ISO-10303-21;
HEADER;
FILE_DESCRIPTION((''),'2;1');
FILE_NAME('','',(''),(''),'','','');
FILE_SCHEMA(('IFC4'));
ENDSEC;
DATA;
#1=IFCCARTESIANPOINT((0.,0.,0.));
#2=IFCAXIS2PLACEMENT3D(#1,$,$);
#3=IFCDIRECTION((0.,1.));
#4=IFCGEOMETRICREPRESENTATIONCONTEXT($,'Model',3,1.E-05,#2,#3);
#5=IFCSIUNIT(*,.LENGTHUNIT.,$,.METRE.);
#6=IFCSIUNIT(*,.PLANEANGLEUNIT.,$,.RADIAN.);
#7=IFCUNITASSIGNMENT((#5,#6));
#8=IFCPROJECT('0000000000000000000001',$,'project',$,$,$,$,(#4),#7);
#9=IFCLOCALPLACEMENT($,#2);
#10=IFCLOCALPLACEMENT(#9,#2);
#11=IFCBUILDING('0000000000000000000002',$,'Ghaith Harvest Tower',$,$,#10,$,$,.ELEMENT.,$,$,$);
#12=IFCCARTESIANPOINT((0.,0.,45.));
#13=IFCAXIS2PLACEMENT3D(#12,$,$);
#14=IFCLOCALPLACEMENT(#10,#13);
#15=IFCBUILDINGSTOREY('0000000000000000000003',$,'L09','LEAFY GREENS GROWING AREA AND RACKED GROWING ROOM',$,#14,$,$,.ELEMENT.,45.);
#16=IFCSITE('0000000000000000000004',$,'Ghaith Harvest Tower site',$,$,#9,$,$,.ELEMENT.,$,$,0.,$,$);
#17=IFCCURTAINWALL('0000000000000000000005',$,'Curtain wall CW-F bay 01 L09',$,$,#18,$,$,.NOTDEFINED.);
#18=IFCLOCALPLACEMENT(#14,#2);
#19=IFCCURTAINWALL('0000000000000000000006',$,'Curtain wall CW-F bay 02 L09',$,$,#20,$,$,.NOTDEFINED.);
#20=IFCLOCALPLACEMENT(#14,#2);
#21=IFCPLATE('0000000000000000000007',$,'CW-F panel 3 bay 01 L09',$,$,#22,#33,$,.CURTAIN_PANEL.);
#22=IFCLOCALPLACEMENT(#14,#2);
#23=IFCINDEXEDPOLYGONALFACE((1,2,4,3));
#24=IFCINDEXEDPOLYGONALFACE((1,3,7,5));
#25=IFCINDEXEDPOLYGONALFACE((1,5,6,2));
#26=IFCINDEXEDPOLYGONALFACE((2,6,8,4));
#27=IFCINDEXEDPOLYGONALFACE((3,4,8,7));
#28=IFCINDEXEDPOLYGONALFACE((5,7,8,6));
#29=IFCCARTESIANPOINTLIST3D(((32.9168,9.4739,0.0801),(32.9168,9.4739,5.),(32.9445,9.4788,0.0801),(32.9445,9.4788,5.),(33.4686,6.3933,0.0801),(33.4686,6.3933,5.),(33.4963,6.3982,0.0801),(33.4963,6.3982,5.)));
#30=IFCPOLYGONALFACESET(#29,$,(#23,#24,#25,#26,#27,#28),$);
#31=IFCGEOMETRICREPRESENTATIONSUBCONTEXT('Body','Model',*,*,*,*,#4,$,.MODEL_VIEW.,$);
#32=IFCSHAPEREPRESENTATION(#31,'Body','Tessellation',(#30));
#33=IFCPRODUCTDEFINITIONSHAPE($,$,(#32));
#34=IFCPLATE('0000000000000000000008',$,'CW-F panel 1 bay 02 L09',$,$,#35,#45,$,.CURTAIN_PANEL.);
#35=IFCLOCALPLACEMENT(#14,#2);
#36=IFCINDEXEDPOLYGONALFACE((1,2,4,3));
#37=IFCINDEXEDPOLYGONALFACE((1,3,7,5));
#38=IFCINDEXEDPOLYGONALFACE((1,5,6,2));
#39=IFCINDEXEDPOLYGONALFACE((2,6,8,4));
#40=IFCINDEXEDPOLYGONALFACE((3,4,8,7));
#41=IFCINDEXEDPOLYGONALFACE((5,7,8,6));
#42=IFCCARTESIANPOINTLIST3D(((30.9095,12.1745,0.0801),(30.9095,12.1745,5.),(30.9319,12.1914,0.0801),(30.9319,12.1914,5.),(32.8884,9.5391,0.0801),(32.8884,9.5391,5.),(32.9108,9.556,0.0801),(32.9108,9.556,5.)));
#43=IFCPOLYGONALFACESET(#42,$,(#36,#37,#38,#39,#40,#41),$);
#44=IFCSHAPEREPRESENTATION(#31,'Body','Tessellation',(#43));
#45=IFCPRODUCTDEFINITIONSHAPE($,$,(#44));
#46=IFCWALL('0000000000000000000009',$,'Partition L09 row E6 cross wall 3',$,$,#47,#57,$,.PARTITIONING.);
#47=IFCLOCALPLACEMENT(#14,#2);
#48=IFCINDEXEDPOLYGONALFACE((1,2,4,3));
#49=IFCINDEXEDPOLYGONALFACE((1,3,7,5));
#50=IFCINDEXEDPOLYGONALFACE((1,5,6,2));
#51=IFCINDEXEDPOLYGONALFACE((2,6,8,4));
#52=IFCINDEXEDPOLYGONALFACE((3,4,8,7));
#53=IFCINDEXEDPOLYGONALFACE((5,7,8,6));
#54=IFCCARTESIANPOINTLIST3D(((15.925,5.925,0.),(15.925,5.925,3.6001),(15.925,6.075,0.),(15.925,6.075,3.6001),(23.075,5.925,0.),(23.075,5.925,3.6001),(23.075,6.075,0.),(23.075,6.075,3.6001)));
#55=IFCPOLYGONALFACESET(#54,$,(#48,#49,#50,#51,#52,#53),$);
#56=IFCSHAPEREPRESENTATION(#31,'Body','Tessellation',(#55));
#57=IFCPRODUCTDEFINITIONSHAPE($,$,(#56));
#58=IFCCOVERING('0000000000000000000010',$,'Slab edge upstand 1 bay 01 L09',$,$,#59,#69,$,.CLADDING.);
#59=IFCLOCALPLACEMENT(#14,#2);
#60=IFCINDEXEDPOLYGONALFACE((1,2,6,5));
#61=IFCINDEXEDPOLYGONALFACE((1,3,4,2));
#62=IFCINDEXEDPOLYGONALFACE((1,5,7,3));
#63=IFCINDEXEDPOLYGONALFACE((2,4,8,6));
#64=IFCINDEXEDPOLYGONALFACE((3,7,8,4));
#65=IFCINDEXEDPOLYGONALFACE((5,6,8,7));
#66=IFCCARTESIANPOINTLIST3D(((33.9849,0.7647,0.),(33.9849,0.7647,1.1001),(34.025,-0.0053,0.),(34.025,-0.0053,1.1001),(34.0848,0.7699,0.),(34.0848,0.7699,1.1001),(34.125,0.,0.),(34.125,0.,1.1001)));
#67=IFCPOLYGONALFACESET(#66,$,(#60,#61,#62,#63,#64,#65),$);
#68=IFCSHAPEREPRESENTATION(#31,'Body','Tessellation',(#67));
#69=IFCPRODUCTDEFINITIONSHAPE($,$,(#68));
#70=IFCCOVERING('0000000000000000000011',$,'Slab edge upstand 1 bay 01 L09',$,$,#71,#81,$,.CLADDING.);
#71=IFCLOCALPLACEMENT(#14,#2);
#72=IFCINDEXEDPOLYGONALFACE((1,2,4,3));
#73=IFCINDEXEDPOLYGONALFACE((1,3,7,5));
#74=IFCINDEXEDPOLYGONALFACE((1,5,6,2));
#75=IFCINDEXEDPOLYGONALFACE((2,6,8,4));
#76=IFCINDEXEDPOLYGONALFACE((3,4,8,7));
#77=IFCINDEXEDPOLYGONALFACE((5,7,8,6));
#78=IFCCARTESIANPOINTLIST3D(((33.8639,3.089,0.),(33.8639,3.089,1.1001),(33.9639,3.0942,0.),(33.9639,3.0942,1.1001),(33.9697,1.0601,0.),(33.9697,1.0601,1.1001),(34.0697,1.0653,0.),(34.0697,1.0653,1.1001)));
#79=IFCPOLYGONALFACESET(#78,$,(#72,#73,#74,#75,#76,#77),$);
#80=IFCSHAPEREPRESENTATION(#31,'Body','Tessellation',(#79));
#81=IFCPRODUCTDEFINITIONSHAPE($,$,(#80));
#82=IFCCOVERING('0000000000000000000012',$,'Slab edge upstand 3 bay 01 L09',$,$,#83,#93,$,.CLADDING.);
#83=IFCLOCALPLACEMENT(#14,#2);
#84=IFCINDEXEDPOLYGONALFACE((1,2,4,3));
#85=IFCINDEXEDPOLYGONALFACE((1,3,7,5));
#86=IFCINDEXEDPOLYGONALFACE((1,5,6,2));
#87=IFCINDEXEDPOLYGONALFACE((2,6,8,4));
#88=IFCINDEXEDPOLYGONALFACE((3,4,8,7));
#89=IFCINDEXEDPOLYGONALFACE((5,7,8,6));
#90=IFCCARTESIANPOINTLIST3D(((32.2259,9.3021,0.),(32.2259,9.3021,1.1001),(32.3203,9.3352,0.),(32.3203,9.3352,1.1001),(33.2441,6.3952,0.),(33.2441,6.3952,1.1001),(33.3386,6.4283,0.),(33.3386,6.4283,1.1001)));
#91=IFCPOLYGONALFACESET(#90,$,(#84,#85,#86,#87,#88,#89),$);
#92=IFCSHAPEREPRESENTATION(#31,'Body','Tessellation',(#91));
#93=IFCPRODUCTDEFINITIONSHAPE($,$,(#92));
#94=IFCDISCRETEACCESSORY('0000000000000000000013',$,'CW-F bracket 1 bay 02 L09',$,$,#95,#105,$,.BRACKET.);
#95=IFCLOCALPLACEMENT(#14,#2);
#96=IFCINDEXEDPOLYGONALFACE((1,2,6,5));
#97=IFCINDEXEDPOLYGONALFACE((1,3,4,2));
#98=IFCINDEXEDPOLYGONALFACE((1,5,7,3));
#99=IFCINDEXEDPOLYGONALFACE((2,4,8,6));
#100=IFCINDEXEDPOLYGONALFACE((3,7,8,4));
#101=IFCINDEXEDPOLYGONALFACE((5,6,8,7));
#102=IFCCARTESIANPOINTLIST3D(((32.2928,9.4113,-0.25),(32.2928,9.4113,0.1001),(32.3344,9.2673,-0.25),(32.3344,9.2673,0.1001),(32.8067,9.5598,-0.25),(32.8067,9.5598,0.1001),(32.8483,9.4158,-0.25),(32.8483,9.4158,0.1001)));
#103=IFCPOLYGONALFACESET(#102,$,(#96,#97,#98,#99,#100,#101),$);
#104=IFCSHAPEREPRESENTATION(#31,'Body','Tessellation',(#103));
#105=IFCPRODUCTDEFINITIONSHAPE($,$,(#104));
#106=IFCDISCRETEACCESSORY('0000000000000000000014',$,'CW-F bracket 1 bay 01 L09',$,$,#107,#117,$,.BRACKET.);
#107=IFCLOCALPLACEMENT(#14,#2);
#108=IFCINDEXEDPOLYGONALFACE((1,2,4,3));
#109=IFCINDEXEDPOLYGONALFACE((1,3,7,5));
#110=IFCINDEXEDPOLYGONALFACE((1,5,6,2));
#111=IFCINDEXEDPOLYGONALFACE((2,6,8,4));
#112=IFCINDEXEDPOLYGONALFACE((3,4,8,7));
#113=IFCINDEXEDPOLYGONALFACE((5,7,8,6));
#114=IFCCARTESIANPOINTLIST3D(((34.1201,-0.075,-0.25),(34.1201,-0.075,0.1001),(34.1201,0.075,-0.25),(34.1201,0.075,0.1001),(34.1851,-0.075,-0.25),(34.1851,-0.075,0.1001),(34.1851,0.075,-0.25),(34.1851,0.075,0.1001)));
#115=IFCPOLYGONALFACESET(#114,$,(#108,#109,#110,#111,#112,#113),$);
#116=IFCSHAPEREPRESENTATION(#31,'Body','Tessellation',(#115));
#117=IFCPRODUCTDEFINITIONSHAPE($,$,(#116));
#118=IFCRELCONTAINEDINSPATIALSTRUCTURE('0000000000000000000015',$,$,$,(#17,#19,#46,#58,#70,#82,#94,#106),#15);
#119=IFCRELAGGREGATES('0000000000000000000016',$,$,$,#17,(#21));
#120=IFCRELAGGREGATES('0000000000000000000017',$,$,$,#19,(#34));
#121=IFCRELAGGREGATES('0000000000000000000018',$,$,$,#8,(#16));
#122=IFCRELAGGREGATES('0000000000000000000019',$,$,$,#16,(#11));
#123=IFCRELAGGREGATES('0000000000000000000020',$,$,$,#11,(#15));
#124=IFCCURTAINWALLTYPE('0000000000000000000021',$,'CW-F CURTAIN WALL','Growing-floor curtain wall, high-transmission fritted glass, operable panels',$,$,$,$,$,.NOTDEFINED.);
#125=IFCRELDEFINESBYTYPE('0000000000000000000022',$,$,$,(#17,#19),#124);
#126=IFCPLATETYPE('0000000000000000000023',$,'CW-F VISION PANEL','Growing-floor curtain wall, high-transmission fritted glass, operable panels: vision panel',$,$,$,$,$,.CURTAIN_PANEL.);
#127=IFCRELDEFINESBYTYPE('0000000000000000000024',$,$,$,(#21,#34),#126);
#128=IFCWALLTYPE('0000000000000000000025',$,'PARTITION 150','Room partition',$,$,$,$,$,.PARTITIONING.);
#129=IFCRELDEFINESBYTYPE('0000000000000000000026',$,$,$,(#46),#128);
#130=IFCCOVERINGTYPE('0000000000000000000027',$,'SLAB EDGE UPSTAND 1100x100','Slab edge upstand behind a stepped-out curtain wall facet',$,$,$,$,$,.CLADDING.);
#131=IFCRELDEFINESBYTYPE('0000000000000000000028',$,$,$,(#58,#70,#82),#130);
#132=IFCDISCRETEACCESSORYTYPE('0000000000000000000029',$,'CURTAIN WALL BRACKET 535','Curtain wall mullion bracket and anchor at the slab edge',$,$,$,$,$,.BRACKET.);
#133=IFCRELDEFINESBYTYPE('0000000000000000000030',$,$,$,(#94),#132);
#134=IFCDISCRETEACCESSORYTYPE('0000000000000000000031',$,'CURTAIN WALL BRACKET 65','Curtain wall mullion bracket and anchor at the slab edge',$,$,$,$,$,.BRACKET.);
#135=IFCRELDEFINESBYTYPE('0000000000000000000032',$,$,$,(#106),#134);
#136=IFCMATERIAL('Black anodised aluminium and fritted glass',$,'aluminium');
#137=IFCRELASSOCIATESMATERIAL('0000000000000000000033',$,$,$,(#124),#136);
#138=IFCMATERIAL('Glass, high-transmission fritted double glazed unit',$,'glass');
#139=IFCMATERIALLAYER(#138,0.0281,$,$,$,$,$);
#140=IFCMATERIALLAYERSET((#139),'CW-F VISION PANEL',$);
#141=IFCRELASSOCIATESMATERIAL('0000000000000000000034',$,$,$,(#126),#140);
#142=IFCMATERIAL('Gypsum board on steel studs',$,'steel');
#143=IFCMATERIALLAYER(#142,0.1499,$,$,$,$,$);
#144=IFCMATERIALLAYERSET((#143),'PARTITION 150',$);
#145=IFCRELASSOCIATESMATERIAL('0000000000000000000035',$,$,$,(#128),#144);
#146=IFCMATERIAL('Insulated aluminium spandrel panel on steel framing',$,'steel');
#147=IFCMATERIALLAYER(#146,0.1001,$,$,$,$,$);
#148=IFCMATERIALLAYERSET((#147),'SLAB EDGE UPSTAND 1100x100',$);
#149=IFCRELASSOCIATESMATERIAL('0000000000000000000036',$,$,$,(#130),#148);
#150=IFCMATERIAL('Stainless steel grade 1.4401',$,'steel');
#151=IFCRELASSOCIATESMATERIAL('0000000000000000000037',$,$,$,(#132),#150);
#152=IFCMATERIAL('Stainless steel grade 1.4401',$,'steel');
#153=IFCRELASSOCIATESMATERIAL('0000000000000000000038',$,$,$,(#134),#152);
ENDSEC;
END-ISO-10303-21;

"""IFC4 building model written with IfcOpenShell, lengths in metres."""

from ifc_helpers import new_model, si_unit, direction, frame, frame_2d, origin, origin_2d, place, context, subcontext, project, spatial, rectangle, extrude, material, layer, layer_set, type_object, element, aggregate, save


model = new_model("IFC4")

# Units and contexts
model_context = context("Model", 3, precision=1e-05, world=origin(), true_north=direction((0.0, 1.0)))
body_context = subcontext(model_context, "Body", "Model", "MODEL_VIEW")
ifc_project = project(units=[si_unit("LENGTHUNIT", "METRE"), si_unit("PLANEANGLEUNIT", "RADIAN")], contexts=[model_context])

# Site, building, storey
site_placement = place(None, origin())
site = spatial("IfcSite", under=ifc_project, at=site_placement, Name="Ghaith Harvest Tower site", CompositionType="ELEMENT", RefElevation=0.0)
building_placement = place(site_placement, origin())
building = spatial("IfcBuilding", under=site, at=building_placement, Name="Ghaith Harvest Tower", CompositionType="ELEMENT")
storey_placement = place(building_placement, frame((0.0, 0.0, 45.0)))
storey = spatial("IfcBuildingStorey", under=building, at=storey_placement, Name="L09", Description="LEAFY GREENS GROWING AREA AND RACKED GROWING ROOM", CompositionType="ELEMENT", Elevation=45.0)

# Curtain wall
ifc_material_1 = material(Name="Black anodised aluminium and fritted glass", Category="aluminium")
curtain_wall_type = type_object("IfcCurtainWallType", Name="CW-F CURTAIN WALL", Description="Growing-floor curtain wall, high-transmission fritted glass, operable panels", PredefinedType="NOTDEFINED", material=ifc_material_1)
curtain_wall_1_placement = place(storey_placement, origin())
curtain_wall_1 = element("IfcCurtainWall", 1, at=curtain_wall_1_placement, inside=storey, type_object=curtain_wall_type, Name="Curtain wall CW-F bay 01 L09", PredefinedType="NOTDEFINED")

# Curtain wall
curtain_wall_2_placement = place(storey_placement, origin())
curtain_wall_2 = element("IfcCurtainWall", 2, at=curtain_wall_2_placement, inside=storey, type_object=curtain_wall_type, Name="Curtain wall CW-F bay 02 L09", PredefinedType="NOTDEFINED")

# Plates
ifc_material_2 = material(Name="Glass, high-transmission fritted double glazed unit", Category="glass")
ifc_layer_1 = layer(ifc_material_2, 0.0281)
ifc_layer_set_1 = layer_set([ifc_layer_1], Name="CW-F VISION PANEL")
plate_type = type_object("IfcPlateType", Name="CW-F VISION PANEL", Description="Growing-floor curtain wall, high-transmission fritted glass, operable panels: vision panel", PredefinedType="CURTAIN_PANEL", material=ifc_layer_set_1)
plate_1_placement = place(storey_placement, frame((33.2065, 7.936, 0.0801), z_axis=(0.0, 0.0, 1.0), x_axis=(-0.17632, 0.984333, 0.0)))
plate_1 = element("IfcPlate", 3, at=plate_1_placement, type_object=plate_type, Name="CW-F panel 3 bay 01 L09", PredefinedType="CURTAIN_PANEL", context=body_context, shape_type="SweptSolid", body=[
    extrude(rectangle(XDim=3.1296, YDim=0.0281, at=origin_2d()), origin(), (0.0, 0.0, 1.0), 4.9199),
])
aggregate(curtain_wall_1, [plate_1])
plate_2_placement = place(storey_placement, frame((31.9102, 10.8652, 0.0801), z_axis=(0.0, 0.0, 1.0), x_axis=(-0.600454, 0.799659, 0.0)))
plate_2 = element("IfcPlate", 4, at=plate_2_placement, type_object=plate_type, Name="CW-F panel 1 bay 02 L09", PredefinedType="CURTAIN_PANEL", context=body_context, shape_type="SweptSolid", body=[
    extrude(rectangle(XDim=3.2957, YDim=0.0281, at=origin_2d()), origin(), (0.0, 0.0, 1.0), 4.9199),
])
aggregate(curtain_wall_2, [plate_2])

# Wall
ifc_material_3 = material(Name="Gypsum board on steel studs", Category="steel")
ifc_layer_2 = layer(ifc_material_3, 0.1499)
ifc_layer_set_2 = layer_set([ifc_layer_2], Name="PARTITION 150")
wall_type_1 = type_object("IfcWallType", Name="PARTITION 150", Description="Room partition", PredefinedType="PARTITIONING", material=ifc_layer_set_2)
wall_1_placement = place(storey_placement, frame((15.925, 6.0, 0.0), z_axis=(0.0, 0.0, 1.0), x_axis=(1.0, 0.0, 0.0)))
element("IfcWall", 5, at=wall_1_placement, inside=storey, type_object=wall_type_1, Name="Partition L09 row E6 cross wall 3", PredefinedType="PARTITIONING", context=body_context, shape_type="SweptSolid", body=[
    extrude(rectangle(XDim=7.1499, YDim=0.1499, at=frame_2d((3.575, 0.0))), origin(), (0.0, 0.0, 1.0), 3.6001),
])

# Coverings
ifc_material_4 = material(Name="Insulated aluminium spandrel panel on steel framing", Category="steel")
ifc_layer_3 = layer(ifc_material_4, 0.1001)
ifc_layer_set_3 = layer_set([ifc_layer_3], Name="SLAB EDGE UPSTAND 1100x100")
covering_type = type_object("IfcCoveringType", Name="SLAB EDGE UPSTAND 1100x100", Description="Slab edge upstand behind a stepped-out curtain wall facet", PredefinedType="CLADDING", material=ifc_layer_set_3)
covering_1_placement = place(storey_placement, frame((34.0549, 0.3823, 0.0), z_axis=(0.0, 0.0, 1.0), x_axis=(-0.052049, 0.998645, 0.0)))
element("IfcCovering", 6, at=covering_1_placement, inside=storey, type_object=covering_type, Name="Slab edge upstand 1 bay 01 L09", PredefinedType="CLADDING", context=body_context, shape_type="SweptSolid", body=[
    extrude(rectangle(XDim=0.771, YDim=0.1001, at=origin_2d()), origin(), (0.0, 0.0, 1.0), 1.1001),
])
covering_2_placement = place(storey_placement, frame((33.9668, 2.0771, 0.0), z_axis=(0.0, 0.0, 1.0), x_axis=(-0.052049, 0.998645, 0.0)))
element("IfcCovering", 7, at=covering_2_placement, inside=storey, type_object=covering_type, Name="Slab edge upstand 1 bay 01 L09", PredefinedType="CLADDING", context=body_context, shape_type="SweptSolid", body=[
    extrude(rectangle(XDim=2.0317, YDim=0.1001, at=origin_2d()), origin(), (0.0, 0.0, 1.0), 1.1001),
])
covering_3_placement = place(storey_placement, frame((32.7822, 7.8652, 0.0), z_axis=(0.0, 0.0, 1.0), x_axis=(-0.330598, 0.943772, 0.0)))
element("IfcCovering", 8, at=covering_3_placement, inside=storey, type_object=covering_type, Name="Slab edge upstand 3 bay 01 L09", PredefinedType="CLADDING", context=body_context, shape_type="SweptSolid", body=[
    extrude(rectangle(XDim=3.0801, YDim=0.1001, at=origin_2d()), origin(), (0.0, 0.0, 1.0), 1.1001),
])

# Discrete accessories
ifc_material_5 = material(Name="Stainless steel grade 1.4401", Category="steel")
discrete_accessory_type_1 = type_object("IfcDiscreteAccessoryType", Name="CURTAIN WALL BRACKET 535", Description="Curtain wall mullion bracket and anchor at the slab edge", PredefinedType="BRACKET", material=ifc_material_5)
discrete_accessory_1_placement = place(storey_placement, frame((32.5706, 9.4136, -0.25), z_axis=(0.0, 0.0, 1.0), x_axis=(0.96068, 0.277657, 0.0)))
element("IfcDiscreteAccessory", 9, at=discrete_accessory_1_placement, inside=storey, type_object=discrete_accessory_type_1, Name="CW-F bracket 1 bay 02 L09", PredefinedType="BRACKET", context=body_context, shape_type="SweptSolid", body=[
    extrude(rectangle(XDim=0.5349, YDim=0.1499, at=origin_2d()), origin(), (0.0, 0.0, 1.0), 0.3501),
])
ifc_material_6 = material(Name="Stainless steel grade 1.4401", Category="steel")
discrete_accessory_type_2 = type_object("IfcDiscreteAccessoryType", Name="CURTAIN WALL BRACKET 65", Description="Curtain wall mullion bracket and anchor at the slab edge", PredefinedType="BRACKET", material=ifc_material_6)
discrete_accessory_2_placement = place(storey_placement, frame((34.1526, 0.0, -0.25), z_axis=(0.0, 0.0, 1.0), x_axis=(1.0, 0.0, 0.0)))
element("IfcDiscreteAccessory", 10, at=discrete_accessory_2_placement, inside=storey, type_object=discrete_accessory_type_2, Name="CW-F bracket 1 bay 01 L09", PredefinedType="BRACKET", context=body_context, shape_type="SweptSolid", body=[
    extrude(rectangle(XDim=0.0649, YDim=0.1499, at=origin_2d()), origin(), (0.0, 0.0, 1.0), 0.3501),
])

save(model, "model.ifc")
